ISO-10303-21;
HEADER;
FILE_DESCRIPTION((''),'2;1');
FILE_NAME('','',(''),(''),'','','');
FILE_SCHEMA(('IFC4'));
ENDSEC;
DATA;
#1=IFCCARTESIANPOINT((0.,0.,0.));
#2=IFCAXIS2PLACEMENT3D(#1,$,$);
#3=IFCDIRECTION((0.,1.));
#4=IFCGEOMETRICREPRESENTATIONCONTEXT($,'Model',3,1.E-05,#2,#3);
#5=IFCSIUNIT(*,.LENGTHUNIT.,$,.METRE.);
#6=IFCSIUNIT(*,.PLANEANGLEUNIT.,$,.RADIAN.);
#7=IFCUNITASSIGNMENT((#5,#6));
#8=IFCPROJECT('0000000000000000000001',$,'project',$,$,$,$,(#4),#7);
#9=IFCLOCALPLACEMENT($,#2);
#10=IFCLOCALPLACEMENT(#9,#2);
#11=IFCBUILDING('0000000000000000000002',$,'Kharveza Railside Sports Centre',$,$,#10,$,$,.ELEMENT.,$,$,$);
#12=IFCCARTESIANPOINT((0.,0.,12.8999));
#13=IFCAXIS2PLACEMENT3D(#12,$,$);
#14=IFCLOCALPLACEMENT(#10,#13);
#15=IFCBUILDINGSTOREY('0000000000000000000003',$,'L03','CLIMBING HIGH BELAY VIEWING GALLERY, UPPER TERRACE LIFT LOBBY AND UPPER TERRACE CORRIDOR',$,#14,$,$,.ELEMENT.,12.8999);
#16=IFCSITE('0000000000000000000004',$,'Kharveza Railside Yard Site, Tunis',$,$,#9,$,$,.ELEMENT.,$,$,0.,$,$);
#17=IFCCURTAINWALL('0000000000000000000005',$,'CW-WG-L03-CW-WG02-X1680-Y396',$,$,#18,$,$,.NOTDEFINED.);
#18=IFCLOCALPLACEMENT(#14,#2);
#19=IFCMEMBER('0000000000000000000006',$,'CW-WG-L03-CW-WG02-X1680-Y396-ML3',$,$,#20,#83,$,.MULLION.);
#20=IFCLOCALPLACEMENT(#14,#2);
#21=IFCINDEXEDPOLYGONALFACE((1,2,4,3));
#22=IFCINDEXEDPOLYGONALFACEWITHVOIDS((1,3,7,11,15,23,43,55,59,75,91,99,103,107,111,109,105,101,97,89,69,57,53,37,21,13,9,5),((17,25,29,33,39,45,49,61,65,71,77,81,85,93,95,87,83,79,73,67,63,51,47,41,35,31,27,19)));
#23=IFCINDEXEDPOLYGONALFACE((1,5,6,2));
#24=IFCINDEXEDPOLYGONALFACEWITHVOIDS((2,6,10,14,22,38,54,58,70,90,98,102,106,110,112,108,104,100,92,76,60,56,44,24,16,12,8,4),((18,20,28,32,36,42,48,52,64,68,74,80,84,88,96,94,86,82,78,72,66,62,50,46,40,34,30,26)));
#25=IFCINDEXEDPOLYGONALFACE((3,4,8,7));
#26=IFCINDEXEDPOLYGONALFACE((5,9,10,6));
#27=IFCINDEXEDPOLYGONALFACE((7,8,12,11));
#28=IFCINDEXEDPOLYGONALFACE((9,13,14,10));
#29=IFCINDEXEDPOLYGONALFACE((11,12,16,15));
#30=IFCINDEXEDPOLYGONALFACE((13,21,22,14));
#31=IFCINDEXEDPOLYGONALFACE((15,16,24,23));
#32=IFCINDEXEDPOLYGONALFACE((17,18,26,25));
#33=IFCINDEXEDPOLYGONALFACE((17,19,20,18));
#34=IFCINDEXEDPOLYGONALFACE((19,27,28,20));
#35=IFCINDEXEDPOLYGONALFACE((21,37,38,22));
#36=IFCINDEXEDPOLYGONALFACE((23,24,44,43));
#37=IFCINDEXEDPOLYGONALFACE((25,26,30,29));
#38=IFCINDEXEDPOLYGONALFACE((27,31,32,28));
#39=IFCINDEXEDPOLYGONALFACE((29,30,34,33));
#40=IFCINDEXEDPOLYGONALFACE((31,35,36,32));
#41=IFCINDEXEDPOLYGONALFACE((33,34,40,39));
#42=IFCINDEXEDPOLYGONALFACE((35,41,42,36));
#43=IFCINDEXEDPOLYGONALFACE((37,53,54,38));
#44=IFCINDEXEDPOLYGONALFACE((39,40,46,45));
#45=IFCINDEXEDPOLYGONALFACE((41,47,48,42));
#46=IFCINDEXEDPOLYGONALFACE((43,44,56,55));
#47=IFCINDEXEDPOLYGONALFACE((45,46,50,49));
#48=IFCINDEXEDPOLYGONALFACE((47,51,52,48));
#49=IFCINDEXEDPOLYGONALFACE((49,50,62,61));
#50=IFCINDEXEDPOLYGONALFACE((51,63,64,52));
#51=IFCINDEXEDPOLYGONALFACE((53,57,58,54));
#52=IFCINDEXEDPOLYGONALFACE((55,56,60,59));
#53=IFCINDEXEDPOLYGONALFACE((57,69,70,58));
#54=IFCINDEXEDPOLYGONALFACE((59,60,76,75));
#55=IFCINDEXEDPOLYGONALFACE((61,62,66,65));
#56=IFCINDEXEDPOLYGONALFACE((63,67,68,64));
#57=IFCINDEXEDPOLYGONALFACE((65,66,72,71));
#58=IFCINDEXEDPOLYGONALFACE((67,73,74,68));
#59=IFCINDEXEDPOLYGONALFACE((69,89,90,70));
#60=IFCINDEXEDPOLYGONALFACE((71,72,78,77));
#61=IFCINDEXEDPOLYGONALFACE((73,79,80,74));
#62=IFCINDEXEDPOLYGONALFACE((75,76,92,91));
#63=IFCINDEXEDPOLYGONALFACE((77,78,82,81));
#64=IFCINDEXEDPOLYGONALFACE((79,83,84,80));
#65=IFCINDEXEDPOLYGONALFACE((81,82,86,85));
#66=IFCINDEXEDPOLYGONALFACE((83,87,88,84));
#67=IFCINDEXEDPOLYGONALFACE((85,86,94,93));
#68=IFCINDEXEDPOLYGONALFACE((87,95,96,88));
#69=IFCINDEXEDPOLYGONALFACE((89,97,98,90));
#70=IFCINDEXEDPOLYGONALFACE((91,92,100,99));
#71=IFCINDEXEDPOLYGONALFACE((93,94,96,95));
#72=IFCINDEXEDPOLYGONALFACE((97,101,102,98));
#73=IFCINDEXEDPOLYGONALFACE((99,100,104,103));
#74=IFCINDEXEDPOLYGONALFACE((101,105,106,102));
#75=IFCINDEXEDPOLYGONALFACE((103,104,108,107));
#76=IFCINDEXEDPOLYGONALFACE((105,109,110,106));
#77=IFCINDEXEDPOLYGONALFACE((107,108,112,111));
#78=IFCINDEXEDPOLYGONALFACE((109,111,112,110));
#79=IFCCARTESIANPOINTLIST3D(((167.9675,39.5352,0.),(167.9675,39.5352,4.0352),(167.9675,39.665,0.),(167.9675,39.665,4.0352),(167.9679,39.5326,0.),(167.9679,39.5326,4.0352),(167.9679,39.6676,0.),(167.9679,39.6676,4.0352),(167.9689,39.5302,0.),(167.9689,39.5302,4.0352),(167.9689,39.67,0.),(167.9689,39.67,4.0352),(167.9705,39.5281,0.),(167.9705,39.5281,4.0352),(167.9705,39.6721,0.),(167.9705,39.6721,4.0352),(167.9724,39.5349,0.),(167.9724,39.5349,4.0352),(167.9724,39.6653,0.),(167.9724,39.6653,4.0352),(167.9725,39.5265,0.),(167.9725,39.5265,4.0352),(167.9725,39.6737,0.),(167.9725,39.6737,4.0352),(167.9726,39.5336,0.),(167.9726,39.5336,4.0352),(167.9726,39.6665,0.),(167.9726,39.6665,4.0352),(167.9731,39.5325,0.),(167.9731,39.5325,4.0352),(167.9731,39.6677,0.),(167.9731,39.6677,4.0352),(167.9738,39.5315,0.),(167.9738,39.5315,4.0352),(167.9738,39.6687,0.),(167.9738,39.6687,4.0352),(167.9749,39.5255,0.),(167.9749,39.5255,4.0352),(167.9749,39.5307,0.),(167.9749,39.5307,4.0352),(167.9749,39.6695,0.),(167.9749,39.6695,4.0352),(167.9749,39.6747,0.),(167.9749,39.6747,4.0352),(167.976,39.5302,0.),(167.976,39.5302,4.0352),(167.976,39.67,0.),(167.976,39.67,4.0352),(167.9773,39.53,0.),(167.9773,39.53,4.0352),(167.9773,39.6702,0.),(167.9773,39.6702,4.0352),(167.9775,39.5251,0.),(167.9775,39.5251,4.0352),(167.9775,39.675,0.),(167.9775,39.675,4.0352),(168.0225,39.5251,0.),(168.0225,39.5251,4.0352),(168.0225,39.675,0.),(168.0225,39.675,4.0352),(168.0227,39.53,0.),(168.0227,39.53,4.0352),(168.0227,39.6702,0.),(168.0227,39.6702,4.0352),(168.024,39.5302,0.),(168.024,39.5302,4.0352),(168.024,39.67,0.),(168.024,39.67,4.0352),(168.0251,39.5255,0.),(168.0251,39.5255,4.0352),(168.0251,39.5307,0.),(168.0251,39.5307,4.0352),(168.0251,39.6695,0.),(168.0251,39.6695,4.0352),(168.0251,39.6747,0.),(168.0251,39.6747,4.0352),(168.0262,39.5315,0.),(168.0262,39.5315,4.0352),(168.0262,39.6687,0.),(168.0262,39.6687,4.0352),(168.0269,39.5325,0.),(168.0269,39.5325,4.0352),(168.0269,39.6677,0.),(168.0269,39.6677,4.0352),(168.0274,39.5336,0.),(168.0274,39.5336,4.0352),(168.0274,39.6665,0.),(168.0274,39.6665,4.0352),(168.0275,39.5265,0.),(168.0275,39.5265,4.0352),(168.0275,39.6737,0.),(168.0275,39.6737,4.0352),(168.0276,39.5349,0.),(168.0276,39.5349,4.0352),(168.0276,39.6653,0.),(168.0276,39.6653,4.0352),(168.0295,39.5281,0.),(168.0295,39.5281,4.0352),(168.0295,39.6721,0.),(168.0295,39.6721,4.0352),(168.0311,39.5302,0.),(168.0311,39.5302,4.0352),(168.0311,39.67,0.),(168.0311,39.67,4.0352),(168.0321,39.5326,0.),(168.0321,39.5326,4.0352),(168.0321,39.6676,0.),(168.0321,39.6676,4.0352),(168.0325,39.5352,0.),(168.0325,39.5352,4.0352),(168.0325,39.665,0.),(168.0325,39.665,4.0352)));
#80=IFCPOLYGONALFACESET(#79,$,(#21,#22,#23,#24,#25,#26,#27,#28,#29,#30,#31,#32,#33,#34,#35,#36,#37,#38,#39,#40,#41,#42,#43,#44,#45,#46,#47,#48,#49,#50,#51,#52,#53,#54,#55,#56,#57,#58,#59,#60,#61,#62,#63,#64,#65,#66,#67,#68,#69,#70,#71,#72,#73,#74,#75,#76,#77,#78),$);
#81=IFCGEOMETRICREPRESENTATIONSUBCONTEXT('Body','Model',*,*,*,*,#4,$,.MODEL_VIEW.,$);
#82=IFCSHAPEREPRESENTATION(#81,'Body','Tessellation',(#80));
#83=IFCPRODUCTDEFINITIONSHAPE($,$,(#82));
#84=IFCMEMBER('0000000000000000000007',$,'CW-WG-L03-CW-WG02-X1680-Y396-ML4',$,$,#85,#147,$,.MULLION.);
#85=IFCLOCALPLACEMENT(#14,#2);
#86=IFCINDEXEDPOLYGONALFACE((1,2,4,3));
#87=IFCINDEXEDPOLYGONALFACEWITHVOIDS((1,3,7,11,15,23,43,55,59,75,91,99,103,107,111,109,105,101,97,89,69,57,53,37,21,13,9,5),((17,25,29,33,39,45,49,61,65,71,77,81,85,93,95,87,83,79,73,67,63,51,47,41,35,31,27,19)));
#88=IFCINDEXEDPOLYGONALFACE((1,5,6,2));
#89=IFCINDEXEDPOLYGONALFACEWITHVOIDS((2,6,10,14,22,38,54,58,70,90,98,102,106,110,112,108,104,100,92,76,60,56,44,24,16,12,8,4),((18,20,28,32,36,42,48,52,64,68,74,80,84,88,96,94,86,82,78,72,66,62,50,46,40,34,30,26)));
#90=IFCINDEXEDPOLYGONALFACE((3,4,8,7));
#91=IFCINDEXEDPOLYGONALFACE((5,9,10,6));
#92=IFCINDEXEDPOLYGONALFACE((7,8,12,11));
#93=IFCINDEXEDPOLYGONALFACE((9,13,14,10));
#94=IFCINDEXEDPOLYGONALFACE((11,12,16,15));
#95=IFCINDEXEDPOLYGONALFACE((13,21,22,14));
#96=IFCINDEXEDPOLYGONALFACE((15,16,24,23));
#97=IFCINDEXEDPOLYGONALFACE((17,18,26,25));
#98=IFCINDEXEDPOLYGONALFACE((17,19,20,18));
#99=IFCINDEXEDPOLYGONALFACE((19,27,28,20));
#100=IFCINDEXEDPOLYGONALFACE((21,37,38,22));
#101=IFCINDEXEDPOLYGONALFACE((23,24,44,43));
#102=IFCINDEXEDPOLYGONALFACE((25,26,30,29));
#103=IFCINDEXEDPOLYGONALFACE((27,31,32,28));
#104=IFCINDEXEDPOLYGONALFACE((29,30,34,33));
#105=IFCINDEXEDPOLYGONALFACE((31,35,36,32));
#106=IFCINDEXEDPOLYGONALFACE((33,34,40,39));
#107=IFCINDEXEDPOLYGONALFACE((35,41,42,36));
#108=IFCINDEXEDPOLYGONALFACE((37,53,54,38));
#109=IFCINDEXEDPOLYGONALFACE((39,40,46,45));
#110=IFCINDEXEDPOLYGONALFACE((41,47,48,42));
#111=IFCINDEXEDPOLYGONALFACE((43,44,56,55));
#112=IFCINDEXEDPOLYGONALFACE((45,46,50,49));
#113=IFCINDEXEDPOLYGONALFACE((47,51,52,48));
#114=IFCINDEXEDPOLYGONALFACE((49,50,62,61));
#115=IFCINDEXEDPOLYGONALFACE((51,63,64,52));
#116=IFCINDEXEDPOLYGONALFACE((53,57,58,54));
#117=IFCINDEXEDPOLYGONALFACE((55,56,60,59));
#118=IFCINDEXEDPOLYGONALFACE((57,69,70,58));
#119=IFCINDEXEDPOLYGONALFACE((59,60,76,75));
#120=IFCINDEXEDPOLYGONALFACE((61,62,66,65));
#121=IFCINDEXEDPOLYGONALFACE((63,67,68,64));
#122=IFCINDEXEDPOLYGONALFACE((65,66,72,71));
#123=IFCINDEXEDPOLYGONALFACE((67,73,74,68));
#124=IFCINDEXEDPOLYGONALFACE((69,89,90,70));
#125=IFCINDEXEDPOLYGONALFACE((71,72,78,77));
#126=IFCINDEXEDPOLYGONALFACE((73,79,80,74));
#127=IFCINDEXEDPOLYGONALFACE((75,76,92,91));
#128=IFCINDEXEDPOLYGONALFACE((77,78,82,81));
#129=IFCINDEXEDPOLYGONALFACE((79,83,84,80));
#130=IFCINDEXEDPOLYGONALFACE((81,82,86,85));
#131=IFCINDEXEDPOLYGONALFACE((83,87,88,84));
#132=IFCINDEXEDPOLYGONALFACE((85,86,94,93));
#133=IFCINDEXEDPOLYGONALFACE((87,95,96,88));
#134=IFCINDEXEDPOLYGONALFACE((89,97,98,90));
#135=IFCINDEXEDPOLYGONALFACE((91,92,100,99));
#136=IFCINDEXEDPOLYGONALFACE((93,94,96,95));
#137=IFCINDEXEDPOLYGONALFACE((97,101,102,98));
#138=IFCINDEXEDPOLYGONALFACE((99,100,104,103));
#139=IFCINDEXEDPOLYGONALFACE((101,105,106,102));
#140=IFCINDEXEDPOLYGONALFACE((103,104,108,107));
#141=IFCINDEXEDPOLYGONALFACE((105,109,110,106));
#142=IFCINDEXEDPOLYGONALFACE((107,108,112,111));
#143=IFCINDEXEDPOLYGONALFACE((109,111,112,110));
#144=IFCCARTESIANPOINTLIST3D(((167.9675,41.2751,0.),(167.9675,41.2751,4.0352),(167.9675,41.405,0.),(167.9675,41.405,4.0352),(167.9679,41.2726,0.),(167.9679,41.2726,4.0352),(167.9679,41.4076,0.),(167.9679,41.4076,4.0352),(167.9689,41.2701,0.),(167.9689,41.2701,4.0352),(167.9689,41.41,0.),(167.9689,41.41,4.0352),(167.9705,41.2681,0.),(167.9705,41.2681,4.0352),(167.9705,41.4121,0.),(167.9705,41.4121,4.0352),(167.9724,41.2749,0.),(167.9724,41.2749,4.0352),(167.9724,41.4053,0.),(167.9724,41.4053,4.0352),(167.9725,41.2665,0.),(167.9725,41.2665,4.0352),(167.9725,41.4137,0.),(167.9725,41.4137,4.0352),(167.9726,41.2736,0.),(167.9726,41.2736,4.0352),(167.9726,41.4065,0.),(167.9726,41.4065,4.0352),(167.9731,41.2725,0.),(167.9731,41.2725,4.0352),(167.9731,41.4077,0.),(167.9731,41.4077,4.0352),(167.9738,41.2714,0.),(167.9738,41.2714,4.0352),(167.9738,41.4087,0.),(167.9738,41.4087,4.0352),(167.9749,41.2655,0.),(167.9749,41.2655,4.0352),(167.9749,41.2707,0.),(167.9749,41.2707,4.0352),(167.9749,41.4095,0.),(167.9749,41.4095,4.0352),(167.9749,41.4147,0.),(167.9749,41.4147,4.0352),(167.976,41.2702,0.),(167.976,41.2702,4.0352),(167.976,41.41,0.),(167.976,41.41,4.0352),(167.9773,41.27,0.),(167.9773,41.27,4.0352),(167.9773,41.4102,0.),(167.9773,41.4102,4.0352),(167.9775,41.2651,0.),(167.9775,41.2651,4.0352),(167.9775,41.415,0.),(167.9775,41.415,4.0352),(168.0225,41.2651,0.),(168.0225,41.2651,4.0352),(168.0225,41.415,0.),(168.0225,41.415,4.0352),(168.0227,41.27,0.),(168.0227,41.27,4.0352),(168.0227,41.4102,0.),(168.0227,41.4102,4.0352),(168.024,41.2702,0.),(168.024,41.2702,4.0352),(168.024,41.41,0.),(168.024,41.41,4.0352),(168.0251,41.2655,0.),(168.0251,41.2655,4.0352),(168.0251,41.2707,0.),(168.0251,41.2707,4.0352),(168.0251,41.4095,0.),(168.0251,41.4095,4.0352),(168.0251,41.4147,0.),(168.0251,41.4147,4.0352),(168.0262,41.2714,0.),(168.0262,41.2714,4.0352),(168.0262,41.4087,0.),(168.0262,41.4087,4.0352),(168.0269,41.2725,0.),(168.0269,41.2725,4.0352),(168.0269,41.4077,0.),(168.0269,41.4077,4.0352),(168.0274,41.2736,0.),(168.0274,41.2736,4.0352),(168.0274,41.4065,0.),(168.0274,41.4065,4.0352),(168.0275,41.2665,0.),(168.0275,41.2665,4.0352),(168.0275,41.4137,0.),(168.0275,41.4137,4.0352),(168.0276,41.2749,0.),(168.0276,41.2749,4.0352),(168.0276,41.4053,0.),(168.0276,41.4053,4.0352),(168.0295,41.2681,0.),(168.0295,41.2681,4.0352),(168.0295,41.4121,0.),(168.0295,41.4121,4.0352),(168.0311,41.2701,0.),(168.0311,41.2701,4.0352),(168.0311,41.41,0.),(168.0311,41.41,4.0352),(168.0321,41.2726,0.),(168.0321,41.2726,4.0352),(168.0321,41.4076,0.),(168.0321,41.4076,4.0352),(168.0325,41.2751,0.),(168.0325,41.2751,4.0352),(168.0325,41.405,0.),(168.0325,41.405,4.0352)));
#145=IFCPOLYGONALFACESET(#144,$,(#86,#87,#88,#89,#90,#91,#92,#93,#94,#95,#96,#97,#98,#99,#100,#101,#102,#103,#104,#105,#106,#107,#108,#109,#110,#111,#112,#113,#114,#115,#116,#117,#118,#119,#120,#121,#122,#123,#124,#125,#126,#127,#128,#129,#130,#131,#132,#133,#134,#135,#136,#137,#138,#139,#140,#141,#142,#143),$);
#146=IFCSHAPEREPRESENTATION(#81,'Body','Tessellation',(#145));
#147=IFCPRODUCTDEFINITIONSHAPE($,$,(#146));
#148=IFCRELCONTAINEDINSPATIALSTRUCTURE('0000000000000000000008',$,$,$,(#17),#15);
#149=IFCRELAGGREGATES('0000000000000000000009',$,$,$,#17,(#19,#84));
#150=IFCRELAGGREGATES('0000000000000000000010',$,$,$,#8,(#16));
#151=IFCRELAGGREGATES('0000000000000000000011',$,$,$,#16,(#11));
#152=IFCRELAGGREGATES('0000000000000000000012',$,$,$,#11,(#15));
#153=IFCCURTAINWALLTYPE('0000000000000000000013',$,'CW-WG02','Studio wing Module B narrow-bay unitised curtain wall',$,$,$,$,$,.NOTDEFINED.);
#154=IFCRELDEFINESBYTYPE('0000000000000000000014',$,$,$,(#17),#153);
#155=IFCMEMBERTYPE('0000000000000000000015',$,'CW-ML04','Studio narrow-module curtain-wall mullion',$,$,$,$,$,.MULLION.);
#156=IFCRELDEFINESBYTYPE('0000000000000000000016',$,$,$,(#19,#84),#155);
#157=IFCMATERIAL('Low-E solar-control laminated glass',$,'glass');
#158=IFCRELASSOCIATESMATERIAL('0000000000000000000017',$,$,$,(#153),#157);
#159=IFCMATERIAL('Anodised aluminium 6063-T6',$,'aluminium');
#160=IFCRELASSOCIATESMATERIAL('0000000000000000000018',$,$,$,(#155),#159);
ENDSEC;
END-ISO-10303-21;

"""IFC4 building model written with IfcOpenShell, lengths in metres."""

from ifc_helpers import new_model, si_unit, direction, frame, origin, origin_2d, place, context, subcontext, project, spatial, hollow_rectangle, extrude, material, material_profile, profile_set, type_object, element, aggregate, save


model = new_model("IFC4")

# Units and contexts
model_context = context("Model", 3, precision=1e-05, world=origin(), true_north=direction((0.0, 1.0)))
body_context = subcontext(model_context, "Body", "Model", "MODEL_VIEW")
ifc_project = project(units=[si_unit("LENGTHUNIT", "METRE"), si_unit("PLANEANGLEUNIT", "RADIAN")], contexts=[model_context])

# Site, building, storey
site_placement = place(None, origin())
site = spatial("IfcSite", under=ifc_project, at=site_placement, Name="Kharveza Railside Yard Site, Tunis", CompositionType="ELEMENT", RefElevation=0.0)
building_placement = place(site_placement, origin())
building = spatial("IfcBuilding", under=site, at=building_placement, Name="Kharveza Railside Sports Centre", CompositionType="ELEMENT")
storey_placement = place(building_placement, frame((0.0, 0.0, 12.8999)))
storey = spatial("IfcBuildingStorey", under=building, at=storey_placement, Name="L03", Description="CLIMBING HIGH BELAY VIEWING GALLERY, UPPER TERRACE LIFT LOBBY AND UPPER TERRACE CORRIDOR", CompositionType="ELEMENT", Elevation=12.8999)

# Curtain wall, members
ifc_material_1 = material(Name="Low-E solar-control laminated glass", Category="glass")
curtain_wall_type = type_object("IfcCurtainWallType", Name="CW-WG02", Description="Studio wing Module B narrow-bay unitised curtain wall", PredefinedType="NOTDEFINED", material=ifc_material_1)
ifc_material_2 = material(Name="Anodised aluminium 6063-T6", Category="aluminium")
ifc_material_profile_1 = material_profile(ifc_material_2, hollow_rectangle(XDim=0.0649, YDim=0.1499, WallThickness=0.0049, InnerFilletRadius=0.0049, OuterFilletRadius=0.01, at=origin_2d()), Name="RHS 65x150x5.0")
ifc_profile_set_1 = profile_set([ifc_material_profile_1], Name="Anodised aluminium 6063-T6")
member_type_1 = type_object("IfcMemberType", Name="CW-ML04", Description="Studio narrow-module curtain-wall mullion", PredefinedType="MULLION", material=ifc_profile_set_1)
curtain_wall_1_placement = place(storey_placement, origin())
curtain_wall_1 = element("IfcCurtainWall", 1, at=curtain_wall_1_placement, inside=storey, type_object=curtain_wall_type, Name="CW-WG-L03-CW-WG02-X1680-Y396", PredefinedType="NOTDEFINED")
member_1_placement = place(storey_placement, frame((168.0, 39.6001, 0.0), z_axis=(0.0, 0.0, 1.0), x_axis=(1.0, 0.0, 0.0)))
member_1 = element("IfcMember", 2, at=member_1_placement, type_object=member_type_1, Name="CW-WG-L03-CW-WG02-X1680-Y396-ML3", PredefinedType="MULLION", context=body_context, shape_type="SweptSolid", body=[
    extrude(hollow_rectangle(XDim=0.0649, YDim=0.1499, WallThickness=0.0049, InnerFilletRadius=0.0049, OuterFilletRadius=0.01, at=origin_2d()), origin(), (0.0, 0.0, 1.0), 4.0352),
])
member_2_placement = place(storey_placement, frame((168.0, 41.3401, 0.0), z_axis=(0.0, 0.0, 1.0), x_axis=(1.0, 0.0, 0.0)))
member_2 = element("IfcMember", 3, at=member_2_placement, type_object=member_type_1, Name="CW-WG-L03-CW-WG02-X1680-Y396-ML4", PredefinedType="MULLION", context=body_context, shape_type="SweptSolid", body=[
    extrude(hollow_rectangle(XDim=0.0649, YDim=0.1499, WallThickness=0.0049, InnerFilletRadius=0.0049, OuterFilletRadius=0.01, at=origin_2d()), origin(), (0.0, 0.0, 1.0), 4.0352),
])

aggregate(curtain_wall_1, [member_1, member_2])

save(model, "model.ifc")
